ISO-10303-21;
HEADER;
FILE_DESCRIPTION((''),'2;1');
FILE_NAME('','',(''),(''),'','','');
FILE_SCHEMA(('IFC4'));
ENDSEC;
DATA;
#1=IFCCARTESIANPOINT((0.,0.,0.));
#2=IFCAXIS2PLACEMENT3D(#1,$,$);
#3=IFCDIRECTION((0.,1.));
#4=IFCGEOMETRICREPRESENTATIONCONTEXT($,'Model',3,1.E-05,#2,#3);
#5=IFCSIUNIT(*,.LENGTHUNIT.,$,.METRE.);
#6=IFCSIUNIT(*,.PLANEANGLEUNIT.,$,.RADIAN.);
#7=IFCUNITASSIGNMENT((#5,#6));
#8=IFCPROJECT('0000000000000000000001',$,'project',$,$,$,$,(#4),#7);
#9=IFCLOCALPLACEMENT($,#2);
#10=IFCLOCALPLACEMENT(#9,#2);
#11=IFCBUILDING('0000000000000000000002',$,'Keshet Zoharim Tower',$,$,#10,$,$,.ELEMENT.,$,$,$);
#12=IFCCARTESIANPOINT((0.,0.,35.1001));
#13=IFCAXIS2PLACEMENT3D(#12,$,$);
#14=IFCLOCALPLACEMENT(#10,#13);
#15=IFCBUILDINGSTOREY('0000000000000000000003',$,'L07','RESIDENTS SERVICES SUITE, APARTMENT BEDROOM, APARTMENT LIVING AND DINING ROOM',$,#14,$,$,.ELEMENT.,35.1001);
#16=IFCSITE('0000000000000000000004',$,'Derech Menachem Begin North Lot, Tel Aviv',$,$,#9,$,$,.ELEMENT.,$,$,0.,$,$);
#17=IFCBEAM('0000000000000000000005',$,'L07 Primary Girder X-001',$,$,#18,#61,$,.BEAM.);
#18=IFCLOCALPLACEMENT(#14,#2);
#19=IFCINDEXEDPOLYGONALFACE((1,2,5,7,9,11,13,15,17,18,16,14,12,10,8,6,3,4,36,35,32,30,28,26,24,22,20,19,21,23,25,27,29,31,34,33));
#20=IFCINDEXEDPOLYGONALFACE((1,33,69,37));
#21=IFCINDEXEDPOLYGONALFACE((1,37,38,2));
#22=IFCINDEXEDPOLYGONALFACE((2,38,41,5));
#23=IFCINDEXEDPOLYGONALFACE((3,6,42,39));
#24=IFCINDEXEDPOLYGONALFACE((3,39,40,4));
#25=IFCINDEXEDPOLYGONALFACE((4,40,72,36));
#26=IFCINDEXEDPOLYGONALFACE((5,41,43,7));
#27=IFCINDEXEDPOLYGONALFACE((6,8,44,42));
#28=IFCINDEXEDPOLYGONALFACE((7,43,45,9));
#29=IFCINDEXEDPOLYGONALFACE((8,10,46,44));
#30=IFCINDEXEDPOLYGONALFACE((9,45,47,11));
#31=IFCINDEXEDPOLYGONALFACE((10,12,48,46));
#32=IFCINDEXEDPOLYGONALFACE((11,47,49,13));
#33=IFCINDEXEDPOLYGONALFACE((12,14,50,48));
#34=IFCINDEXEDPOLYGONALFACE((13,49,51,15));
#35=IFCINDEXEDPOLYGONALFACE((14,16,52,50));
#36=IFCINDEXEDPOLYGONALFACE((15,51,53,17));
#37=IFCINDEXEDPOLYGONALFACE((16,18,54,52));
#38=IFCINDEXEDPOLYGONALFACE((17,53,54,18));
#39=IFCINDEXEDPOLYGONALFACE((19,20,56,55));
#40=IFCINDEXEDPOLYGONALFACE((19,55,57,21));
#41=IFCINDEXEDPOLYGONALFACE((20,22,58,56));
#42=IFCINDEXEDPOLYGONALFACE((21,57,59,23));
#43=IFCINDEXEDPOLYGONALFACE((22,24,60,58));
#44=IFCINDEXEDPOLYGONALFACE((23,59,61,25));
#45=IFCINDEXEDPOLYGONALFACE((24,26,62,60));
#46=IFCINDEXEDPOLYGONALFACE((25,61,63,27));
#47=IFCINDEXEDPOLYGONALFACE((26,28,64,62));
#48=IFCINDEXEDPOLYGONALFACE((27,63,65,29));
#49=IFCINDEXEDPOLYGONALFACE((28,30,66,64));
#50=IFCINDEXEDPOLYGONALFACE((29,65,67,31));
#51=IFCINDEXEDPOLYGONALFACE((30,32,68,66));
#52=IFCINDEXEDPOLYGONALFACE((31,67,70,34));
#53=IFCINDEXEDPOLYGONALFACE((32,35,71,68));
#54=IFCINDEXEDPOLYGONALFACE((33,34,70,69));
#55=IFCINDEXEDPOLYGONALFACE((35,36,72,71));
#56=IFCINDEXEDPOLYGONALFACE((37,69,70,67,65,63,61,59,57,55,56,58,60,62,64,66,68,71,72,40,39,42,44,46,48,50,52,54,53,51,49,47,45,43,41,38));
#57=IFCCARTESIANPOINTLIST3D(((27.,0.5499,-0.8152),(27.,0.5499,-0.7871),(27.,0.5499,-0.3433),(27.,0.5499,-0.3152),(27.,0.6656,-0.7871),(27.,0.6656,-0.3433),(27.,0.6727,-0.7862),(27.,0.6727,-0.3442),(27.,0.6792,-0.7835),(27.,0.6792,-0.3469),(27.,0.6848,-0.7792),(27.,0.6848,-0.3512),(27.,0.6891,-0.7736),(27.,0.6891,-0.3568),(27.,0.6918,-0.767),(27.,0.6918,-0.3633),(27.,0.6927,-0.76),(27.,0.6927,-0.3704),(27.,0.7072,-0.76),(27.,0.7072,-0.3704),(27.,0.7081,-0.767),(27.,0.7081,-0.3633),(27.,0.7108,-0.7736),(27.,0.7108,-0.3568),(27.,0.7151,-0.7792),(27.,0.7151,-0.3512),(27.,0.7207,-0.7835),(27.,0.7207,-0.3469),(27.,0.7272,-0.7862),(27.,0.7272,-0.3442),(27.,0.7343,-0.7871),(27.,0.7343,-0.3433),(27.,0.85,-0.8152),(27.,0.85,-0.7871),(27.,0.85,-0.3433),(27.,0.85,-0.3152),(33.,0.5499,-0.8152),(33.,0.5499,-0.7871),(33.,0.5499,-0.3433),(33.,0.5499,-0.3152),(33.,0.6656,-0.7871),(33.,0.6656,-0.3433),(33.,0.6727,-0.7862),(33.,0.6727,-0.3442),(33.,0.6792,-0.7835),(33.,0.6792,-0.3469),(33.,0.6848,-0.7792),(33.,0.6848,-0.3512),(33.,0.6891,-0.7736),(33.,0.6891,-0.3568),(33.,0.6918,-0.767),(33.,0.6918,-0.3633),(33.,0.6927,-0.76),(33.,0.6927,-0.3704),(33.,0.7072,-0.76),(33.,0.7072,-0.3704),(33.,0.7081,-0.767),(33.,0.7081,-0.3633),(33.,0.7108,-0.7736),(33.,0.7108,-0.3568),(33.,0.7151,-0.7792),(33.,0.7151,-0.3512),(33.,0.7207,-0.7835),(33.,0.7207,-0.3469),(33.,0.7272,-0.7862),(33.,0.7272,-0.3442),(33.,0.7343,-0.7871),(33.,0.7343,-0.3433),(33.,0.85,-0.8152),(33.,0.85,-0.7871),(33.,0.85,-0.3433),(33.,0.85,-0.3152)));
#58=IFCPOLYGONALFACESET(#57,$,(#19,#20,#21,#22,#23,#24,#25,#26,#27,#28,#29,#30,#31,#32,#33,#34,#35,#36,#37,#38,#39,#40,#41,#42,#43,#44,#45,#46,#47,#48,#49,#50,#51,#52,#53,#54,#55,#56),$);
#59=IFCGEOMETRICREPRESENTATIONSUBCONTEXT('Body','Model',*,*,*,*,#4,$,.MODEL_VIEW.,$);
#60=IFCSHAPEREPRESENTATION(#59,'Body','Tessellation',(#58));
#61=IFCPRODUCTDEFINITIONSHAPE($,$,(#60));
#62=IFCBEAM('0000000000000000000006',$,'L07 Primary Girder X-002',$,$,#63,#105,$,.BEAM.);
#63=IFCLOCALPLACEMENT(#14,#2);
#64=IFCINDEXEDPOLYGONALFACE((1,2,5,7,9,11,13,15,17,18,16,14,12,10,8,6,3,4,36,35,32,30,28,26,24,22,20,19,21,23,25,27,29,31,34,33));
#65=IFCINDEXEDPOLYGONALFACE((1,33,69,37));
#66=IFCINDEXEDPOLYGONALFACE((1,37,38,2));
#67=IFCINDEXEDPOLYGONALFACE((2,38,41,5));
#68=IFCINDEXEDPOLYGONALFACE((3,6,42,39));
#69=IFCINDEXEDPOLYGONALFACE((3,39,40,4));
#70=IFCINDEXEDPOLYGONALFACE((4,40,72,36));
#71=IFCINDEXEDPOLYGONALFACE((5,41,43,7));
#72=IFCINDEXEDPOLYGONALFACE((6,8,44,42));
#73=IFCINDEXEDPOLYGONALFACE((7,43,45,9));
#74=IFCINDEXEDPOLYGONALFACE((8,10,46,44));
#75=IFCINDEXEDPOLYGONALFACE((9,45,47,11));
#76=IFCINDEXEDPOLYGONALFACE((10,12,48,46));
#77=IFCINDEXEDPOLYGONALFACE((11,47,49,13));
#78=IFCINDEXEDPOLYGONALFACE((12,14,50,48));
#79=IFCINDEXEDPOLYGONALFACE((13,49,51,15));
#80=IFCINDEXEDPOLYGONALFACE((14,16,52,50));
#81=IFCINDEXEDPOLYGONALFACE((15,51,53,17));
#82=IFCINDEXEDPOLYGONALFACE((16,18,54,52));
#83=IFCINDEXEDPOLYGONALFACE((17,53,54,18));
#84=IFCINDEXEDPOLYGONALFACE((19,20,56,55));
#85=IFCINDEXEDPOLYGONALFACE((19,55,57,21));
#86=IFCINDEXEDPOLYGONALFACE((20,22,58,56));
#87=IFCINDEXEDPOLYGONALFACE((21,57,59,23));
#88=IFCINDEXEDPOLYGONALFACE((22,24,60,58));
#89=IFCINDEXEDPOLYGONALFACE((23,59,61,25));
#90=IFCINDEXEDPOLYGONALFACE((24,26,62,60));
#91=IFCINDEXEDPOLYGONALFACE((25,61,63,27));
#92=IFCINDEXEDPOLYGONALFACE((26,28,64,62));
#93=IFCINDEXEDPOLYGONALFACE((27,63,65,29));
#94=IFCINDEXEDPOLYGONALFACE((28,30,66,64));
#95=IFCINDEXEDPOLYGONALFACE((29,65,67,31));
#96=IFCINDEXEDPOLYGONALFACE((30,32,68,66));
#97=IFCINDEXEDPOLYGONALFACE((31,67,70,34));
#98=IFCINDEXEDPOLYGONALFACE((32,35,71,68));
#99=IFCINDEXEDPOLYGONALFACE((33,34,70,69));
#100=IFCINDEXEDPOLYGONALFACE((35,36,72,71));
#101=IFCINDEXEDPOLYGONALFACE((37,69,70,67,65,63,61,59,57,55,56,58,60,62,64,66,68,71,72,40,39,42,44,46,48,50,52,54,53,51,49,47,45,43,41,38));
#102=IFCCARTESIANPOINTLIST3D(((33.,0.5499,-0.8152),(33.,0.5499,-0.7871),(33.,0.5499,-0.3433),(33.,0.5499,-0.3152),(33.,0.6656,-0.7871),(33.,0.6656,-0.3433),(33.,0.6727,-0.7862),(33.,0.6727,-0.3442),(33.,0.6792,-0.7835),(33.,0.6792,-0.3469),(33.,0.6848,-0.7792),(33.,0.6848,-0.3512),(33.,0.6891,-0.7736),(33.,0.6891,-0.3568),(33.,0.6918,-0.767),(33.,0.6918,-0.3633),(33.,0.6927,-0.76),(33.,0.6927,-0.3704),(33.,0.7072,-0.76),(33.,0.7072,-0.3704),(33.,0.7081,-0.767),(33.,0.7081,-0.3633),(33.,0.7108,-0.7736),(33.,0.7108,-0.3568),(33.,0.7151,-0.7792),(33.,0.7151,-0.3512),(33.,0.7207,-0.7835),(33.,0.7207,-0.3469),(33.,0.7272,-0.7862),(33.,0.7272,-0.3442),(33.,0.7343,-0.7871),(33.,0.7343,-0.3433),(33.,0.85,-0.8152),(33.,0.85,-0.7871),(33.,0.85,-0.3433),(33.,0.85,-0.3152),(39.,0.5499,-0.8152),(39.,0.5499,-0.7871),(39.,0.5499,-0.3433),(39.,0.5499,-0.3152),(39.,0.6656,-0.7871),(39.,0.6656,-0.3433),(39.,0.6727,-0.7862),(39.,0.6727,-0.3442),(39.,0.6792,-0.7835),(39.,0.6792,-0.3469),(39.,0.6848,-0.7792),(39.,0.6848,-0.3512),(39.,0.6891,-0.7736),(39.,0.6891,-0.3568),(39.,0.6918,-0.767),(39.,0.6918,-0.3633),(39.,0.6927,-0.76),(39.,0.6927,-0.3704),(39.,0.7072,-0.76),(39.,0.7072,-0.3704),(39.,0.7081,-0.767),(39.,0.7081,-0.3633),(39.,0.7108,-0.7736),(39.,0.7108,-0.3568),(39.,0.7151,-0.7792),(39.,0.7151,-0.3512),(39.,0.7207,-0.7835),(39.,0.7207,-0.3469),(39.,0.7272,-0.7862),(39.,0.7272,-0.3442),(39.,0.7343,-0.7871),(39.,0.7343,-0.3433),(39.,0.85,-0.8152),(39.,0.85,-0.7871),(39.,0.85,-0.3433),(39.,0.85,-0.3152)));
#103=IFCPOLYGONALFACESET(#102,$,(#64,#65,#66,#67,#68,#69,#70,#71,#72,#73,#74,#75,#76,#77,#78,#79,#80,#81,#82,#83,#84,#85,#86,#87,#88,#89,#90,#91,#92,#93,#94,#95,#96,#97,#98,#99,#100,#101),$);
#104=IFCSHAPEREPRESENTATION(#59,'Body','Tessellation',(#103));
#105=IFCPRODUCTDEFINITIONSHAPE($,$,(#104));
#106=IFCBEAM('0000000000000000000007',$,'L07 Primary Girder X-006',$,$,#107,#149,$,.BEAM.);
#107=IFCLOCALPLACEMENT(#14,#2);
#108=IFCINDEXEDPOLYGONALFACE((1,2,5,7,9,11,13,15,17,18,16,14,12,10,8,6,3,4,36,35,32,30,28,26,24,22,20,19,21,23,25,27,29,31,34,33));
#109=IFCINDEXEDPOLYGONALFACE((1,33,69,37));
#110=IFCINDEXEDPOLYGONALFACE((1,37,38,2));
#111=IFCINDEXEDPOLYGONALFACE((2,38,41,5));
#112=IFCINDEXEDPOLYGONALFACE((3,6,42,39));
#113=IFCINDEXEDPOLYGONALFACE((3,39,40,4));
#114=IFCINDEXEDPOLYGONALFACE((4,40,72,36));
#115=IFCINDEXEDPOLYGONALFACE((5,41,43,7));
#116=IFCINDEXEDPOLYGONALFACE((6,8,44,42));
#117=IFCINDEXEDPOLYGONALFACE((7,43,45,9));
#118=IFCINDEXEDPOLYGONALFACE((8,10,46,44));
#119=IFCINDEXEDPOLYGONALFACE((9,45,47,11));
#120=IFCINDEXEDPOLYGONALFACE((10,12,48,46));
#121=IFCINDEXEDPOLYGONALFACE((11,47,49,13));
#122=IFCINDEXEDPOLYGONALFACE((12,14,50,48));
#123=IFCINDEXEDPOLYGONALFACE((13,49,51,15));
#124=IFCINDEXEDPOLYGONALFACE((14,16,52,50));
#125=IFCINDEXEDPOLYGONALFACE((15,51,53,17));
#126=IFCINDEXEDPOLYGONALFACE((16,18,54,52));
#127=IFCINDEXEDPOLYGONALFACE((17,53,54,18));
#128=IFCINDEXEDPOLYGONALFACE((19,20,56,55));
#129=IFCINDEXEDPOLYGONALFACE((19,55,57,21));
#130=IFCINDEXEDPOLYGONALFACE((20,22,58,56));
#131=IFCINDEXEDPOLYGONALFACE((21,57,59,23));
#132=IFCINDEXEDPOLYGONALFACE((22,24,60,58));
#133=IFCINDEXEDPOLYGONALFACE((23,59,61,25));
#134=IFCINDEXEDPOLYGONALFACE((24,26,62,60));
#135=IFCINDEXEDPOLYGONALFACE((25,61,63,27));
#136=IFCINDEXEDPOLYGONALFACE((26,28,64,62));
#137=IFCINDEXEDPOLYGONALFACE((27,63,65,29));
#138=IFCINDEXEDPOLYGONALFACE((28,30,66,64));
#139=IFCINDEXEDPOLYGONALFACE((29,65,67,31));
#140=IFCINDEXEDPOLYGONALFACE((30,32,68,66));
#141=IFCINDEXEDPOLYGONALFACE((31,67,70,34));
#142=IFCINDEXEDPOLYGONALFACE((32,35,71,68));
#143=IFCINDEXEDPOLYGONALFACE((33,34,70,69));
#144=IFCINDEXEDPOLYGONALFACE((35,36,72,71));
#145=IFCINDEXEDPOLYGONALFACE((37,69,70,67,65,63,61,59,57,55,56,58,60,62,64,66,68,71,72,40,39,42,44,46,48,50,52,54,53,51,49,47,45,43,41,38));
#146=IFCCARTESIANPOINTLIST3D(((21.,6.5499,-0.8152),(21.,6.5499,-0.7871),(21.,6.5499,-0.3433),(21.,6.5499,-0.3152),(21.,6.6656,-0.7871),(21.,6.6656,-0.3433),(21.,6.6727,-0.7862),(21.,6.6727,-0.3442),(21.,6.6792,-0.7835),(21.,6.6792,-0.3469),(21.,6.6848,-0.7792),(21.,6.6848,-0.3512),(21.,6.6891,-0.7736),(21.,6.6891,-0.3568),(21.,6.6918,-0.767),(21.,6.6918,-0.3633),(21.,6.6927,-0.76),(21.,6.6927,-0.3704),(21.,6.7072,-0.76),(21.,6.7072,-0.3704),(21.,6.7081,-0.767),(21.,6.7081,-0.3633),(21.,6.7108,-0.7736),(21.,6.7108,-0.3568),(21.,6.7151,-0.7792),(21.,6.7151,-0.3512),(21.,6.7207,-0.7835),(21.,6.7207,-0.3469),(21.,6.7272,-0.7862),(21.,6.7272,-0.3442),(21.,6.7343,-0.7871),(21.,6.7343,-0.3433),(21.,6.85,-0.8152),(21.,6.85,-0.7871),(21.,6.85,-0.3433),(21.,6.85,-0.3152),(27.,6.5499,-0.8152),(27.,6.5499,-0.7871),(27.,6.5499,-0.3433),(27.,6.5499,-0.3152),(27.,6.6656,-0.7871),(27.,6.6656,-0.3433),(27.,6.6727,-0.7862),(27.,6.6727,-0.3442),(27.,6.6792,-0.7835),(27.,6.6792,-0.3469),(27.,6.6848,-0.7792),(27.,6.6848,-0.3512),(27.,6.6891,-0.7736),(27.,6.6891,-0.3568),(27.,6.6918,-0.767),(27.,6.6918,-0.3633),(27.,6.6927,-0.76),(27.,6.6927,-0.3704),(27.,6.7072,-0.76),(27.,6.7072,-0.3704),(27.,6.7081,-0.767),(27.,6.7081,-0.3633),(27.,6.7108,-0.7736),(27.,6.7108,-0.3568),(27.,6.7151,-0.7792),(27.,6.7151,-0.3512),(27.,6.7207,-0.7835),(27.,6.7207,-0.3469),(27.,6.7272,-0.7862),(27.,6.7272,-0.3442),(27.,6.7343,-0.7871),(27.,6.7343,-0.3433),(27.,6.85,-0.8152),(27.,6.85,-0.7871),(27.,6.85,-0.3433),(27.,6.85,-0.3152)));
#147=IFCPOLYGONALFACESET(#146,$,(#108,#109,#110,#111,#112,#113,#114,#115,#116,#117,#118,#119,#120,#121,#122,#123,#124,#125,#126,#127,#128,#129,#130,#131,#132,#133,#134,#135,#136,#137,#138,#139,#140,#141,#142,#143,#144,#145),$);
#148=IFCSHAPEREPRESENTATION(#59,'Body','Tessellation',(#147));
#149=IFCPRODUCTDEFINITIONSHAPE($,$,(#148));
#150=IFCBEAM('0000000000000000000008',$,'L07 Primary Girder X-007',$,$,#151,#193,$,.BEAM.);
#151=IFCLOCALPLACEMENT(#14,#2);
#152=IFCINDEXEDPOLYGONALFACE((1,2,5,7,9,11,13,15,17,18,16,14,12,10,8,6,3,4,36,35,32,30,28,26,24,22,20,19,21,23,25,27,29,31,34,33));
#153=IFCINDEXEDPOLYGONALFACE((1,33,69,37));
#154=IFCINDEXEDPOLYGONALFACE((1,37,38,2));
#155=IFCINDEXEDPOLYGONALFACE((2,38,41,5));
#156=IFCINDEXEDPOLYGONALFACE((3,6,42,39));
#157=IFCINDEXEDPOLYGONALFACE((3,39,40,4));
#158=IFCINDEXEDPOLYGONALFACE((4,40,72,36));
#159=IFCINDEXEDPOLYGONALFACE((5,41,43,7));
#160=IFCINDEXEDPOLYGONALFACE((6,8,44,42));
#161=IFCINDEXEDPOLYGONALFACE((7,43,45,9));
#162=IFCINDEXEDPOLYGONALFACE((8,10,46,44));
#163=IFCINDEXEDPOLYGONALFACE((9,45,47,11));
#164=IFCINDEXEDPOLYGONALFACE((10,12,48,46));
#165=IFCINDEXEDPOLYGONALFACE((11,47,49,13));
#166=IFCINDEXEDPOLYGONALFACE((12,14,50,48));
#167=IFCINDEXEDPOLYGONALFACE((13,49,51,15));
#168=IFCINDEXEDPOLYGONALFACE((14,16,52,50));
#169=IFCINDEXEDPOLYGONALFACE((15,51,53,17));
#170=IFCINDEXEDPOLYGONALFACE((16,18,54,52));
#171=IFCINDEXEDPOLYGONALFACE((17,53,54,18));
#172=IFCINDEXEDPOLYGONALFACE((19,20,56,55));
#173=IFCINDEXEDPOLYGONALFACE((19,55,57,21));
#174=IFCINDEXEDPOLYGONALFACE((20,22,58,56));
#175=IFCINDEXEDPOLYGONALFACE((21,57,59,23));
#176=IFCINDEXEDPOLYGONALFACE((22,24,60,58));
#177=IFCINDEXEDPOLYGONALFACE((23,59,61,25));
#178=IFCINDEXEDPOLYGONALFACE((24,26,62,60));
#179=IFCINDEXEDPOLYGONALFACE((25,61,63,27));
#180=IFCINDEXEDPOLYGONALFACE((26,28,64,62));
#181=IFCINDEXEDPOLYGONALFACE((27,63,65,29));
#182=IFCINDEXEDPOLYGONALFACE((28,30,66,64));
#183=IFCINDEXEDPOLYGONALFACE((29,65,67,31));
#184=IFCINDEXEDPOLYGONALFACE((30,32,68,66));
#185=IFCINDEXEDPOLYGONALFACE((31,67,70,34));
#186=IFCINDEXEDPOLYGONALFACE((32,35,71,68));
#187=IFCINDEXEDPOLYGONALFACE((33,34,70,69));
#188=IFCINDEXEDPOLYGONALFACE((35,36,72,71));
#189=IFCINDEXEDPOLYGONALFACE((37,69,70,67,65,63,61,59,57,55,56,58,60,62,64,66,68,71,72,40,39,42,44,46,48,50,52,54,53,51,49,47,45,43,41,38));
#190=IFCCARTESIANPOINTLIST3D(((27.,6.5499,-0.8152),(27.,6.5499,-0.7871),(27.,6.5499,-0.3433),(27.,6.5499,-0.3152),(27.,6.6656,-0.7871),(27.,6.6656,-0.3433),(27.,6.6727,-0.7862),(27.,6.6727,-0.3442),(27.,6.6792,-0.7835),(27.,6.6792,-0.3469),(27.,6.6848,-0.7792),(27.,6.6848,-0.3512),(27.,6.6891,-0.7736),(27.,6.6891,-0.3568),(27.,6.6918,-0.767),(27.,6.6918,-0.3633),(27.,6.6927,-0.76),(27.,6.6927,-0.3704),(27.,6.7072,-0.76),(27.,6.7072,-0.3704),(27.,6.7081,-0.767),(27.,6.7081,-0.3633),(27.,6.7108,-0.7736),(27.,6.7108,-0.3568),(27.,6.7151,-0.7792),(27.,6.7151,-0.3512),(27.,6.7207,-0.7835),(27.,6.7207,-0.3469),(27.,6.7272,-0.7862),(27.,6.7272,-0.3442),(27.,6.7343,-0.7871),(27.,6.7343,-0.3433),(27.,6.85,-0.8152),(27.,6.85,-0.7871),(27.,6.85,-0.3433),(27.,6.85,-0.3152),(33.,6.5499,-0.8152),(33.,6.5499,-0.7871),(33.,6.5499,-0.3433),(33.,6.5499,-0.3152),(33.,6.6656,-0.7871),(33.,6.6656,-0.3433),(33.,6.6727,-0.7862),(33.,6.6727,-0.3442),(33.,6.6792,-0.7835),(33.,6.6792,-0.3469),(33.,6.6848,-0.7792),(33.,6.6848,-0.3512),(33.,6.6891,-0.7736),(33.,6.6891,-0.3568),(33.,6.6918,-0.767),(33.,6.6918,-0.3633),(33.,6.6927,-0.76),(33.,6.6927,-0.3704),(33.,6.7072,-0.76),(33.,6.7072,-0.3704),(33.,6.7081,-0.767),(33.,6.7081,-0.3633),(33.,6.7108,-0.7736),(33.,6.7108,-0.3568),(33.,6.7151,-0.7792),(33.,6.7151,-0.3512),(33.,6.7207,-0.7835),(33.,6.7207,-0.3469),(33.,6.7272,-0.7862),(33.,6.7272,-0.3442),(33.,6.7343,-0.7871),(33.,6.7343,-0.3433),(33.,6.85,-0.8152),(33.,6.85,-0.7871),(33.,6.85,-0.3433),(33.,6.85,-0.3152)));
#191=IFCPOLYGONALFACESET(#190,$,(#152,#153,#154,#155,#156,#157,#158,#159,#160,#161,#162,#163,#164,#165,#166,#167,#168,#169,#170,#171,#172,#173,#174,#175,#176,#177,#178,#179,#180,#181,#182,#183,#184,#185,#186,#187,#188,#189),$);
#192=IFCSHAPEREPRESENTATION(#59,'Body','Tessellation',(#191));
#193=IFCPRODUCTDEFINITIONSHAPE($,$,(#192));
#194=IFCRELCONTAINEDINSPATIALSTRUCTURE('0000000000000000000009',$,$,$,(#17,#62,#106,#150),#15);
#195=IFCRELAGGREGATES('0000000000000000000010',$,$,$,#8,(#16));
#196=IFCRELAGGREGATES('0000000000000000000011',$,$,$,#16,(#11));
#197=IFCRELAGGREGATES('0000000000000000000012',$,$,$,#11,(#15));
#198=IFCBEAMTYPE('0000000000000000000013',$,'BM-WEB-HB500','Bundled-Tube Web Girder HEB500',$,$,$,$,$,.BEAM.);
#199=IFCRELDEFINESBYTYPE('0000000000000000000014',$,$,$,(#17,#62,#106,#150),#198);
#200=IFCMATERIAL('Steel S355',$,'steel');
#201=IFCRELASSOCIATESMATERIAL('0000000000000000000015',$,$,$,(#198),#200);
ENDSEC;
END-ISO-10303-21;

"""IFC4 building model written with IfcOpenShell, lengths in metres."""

from ifc_helpers import new_model, si_unit, direction, frame, origin, origin_2d, place, context, subcontext, project, spatial, i_section, extrude, material, material_profile, profile_set, type_object, element, save


model = new_model("IFC4")

# Units and contexts
model_context = context("Model", 3, precision=1e-05, world=origin(), true_north=direction((0.0, 1.0)))
body_context = subcontext(model_context, "Body", "Model", "MODEL_VIEW")
ifc_project = project(units=[si_unit("LENGTHUNIT", "METRE"), si_unit("PLANEANGLEUNIT", "RADIAN")], contexts=[model_context])

# Site, building, storey
site_placement = place(None, origin())
site = spatial("IfcSite", under=ifc_project, at=site_placement, Name="Derech Menachem Begin North Lot, Tel Aviv", CompositionType="ELEMENT", RefElevation=0.0)
building_placement = place(site_placement, origin())
building = spatial("IfcBuilding", under=site, at=building_placement, Name="Keshet Zoharim Tower", CompositionType="ELEMENT")
storey_placement = place(building_placement, frame((0.0, 0.0, 35.1001)))
storey = spatial("IfcBuildingStorey", under=building, at=storey_placement, Name="L07", Description="RESIDENTS SERVICES SUITE, APARTMENT BEDROOM, APARTMENT LIVING AND DINING ROOM", CompositionType="ELEMENT", Elevation=35.1001)

# Shared definitions
ifc_material_1 = material(Name="Steel S355", Category="steel")

# Beams
ifc_material_profile_1 = material_profile(ifc_material_1, i_section(OverallWidth=0.3, OverallDepth=0.5, WebThickness=0.0144, FlangeThickness=0.0281, FilletRadius=0.0271, at=origin_2d()), Name="HEB500")
ifc_profile_set_1 = profile_set([ifc_material_profile_1], Name="Steel S355")
beam_type_1 = type_object("IfcBeamType", Name="BM-WEB-HB500", Description="Bundled-Tube Web Girder HEB500", PredefinedType="BEAM", material=ifc_profile_set_1)
for number, where, z_axis, x_axis, name in (
    (1, (27.0, 0.7, -0.5652), (1.0, 0.0, 0.0), (0.0, 1.0, 0.0), "L07 Primary Girder X-001"),
    (2, (33.0, 0.7, -0.5652), (1.0, 0.0, 0.0), (0.0, 1.0, 0.0), "L07 Primary Girder X-002"),
    (3, (21.0, 6.7, -0.5652), (1.0, 0.0, 0.0), (0.0, 1.0, 0.0), "L07 Primary Girder X-006"),
    (4, (27.0, 6.7, -0.5652), (1.0, 0.0, 0.0), (0.0, 1.0, 0.0), "L07 Primary Girder X-007"),
):
    element("IfcBeam", number, at=place(storey_placement, frame(where, z_axis=z_axis, x_axis=x_axis)), inside=storey, type_object=beam_type_1, Name=name, PredefinedType="BEAM", context=body_context, shape_type="SweptSolid", body=[
        extrude(i_section(OverallWidth=0.3, OverallDepth=0.5, WebThickness=0.0144, FlangeThickness=0.0281, FilletRadius=0.0271, at=origin_2d()), origin(), (0.0, 0.0, 1.0), 6.0),
    ])

save(model, "model.ifc")
